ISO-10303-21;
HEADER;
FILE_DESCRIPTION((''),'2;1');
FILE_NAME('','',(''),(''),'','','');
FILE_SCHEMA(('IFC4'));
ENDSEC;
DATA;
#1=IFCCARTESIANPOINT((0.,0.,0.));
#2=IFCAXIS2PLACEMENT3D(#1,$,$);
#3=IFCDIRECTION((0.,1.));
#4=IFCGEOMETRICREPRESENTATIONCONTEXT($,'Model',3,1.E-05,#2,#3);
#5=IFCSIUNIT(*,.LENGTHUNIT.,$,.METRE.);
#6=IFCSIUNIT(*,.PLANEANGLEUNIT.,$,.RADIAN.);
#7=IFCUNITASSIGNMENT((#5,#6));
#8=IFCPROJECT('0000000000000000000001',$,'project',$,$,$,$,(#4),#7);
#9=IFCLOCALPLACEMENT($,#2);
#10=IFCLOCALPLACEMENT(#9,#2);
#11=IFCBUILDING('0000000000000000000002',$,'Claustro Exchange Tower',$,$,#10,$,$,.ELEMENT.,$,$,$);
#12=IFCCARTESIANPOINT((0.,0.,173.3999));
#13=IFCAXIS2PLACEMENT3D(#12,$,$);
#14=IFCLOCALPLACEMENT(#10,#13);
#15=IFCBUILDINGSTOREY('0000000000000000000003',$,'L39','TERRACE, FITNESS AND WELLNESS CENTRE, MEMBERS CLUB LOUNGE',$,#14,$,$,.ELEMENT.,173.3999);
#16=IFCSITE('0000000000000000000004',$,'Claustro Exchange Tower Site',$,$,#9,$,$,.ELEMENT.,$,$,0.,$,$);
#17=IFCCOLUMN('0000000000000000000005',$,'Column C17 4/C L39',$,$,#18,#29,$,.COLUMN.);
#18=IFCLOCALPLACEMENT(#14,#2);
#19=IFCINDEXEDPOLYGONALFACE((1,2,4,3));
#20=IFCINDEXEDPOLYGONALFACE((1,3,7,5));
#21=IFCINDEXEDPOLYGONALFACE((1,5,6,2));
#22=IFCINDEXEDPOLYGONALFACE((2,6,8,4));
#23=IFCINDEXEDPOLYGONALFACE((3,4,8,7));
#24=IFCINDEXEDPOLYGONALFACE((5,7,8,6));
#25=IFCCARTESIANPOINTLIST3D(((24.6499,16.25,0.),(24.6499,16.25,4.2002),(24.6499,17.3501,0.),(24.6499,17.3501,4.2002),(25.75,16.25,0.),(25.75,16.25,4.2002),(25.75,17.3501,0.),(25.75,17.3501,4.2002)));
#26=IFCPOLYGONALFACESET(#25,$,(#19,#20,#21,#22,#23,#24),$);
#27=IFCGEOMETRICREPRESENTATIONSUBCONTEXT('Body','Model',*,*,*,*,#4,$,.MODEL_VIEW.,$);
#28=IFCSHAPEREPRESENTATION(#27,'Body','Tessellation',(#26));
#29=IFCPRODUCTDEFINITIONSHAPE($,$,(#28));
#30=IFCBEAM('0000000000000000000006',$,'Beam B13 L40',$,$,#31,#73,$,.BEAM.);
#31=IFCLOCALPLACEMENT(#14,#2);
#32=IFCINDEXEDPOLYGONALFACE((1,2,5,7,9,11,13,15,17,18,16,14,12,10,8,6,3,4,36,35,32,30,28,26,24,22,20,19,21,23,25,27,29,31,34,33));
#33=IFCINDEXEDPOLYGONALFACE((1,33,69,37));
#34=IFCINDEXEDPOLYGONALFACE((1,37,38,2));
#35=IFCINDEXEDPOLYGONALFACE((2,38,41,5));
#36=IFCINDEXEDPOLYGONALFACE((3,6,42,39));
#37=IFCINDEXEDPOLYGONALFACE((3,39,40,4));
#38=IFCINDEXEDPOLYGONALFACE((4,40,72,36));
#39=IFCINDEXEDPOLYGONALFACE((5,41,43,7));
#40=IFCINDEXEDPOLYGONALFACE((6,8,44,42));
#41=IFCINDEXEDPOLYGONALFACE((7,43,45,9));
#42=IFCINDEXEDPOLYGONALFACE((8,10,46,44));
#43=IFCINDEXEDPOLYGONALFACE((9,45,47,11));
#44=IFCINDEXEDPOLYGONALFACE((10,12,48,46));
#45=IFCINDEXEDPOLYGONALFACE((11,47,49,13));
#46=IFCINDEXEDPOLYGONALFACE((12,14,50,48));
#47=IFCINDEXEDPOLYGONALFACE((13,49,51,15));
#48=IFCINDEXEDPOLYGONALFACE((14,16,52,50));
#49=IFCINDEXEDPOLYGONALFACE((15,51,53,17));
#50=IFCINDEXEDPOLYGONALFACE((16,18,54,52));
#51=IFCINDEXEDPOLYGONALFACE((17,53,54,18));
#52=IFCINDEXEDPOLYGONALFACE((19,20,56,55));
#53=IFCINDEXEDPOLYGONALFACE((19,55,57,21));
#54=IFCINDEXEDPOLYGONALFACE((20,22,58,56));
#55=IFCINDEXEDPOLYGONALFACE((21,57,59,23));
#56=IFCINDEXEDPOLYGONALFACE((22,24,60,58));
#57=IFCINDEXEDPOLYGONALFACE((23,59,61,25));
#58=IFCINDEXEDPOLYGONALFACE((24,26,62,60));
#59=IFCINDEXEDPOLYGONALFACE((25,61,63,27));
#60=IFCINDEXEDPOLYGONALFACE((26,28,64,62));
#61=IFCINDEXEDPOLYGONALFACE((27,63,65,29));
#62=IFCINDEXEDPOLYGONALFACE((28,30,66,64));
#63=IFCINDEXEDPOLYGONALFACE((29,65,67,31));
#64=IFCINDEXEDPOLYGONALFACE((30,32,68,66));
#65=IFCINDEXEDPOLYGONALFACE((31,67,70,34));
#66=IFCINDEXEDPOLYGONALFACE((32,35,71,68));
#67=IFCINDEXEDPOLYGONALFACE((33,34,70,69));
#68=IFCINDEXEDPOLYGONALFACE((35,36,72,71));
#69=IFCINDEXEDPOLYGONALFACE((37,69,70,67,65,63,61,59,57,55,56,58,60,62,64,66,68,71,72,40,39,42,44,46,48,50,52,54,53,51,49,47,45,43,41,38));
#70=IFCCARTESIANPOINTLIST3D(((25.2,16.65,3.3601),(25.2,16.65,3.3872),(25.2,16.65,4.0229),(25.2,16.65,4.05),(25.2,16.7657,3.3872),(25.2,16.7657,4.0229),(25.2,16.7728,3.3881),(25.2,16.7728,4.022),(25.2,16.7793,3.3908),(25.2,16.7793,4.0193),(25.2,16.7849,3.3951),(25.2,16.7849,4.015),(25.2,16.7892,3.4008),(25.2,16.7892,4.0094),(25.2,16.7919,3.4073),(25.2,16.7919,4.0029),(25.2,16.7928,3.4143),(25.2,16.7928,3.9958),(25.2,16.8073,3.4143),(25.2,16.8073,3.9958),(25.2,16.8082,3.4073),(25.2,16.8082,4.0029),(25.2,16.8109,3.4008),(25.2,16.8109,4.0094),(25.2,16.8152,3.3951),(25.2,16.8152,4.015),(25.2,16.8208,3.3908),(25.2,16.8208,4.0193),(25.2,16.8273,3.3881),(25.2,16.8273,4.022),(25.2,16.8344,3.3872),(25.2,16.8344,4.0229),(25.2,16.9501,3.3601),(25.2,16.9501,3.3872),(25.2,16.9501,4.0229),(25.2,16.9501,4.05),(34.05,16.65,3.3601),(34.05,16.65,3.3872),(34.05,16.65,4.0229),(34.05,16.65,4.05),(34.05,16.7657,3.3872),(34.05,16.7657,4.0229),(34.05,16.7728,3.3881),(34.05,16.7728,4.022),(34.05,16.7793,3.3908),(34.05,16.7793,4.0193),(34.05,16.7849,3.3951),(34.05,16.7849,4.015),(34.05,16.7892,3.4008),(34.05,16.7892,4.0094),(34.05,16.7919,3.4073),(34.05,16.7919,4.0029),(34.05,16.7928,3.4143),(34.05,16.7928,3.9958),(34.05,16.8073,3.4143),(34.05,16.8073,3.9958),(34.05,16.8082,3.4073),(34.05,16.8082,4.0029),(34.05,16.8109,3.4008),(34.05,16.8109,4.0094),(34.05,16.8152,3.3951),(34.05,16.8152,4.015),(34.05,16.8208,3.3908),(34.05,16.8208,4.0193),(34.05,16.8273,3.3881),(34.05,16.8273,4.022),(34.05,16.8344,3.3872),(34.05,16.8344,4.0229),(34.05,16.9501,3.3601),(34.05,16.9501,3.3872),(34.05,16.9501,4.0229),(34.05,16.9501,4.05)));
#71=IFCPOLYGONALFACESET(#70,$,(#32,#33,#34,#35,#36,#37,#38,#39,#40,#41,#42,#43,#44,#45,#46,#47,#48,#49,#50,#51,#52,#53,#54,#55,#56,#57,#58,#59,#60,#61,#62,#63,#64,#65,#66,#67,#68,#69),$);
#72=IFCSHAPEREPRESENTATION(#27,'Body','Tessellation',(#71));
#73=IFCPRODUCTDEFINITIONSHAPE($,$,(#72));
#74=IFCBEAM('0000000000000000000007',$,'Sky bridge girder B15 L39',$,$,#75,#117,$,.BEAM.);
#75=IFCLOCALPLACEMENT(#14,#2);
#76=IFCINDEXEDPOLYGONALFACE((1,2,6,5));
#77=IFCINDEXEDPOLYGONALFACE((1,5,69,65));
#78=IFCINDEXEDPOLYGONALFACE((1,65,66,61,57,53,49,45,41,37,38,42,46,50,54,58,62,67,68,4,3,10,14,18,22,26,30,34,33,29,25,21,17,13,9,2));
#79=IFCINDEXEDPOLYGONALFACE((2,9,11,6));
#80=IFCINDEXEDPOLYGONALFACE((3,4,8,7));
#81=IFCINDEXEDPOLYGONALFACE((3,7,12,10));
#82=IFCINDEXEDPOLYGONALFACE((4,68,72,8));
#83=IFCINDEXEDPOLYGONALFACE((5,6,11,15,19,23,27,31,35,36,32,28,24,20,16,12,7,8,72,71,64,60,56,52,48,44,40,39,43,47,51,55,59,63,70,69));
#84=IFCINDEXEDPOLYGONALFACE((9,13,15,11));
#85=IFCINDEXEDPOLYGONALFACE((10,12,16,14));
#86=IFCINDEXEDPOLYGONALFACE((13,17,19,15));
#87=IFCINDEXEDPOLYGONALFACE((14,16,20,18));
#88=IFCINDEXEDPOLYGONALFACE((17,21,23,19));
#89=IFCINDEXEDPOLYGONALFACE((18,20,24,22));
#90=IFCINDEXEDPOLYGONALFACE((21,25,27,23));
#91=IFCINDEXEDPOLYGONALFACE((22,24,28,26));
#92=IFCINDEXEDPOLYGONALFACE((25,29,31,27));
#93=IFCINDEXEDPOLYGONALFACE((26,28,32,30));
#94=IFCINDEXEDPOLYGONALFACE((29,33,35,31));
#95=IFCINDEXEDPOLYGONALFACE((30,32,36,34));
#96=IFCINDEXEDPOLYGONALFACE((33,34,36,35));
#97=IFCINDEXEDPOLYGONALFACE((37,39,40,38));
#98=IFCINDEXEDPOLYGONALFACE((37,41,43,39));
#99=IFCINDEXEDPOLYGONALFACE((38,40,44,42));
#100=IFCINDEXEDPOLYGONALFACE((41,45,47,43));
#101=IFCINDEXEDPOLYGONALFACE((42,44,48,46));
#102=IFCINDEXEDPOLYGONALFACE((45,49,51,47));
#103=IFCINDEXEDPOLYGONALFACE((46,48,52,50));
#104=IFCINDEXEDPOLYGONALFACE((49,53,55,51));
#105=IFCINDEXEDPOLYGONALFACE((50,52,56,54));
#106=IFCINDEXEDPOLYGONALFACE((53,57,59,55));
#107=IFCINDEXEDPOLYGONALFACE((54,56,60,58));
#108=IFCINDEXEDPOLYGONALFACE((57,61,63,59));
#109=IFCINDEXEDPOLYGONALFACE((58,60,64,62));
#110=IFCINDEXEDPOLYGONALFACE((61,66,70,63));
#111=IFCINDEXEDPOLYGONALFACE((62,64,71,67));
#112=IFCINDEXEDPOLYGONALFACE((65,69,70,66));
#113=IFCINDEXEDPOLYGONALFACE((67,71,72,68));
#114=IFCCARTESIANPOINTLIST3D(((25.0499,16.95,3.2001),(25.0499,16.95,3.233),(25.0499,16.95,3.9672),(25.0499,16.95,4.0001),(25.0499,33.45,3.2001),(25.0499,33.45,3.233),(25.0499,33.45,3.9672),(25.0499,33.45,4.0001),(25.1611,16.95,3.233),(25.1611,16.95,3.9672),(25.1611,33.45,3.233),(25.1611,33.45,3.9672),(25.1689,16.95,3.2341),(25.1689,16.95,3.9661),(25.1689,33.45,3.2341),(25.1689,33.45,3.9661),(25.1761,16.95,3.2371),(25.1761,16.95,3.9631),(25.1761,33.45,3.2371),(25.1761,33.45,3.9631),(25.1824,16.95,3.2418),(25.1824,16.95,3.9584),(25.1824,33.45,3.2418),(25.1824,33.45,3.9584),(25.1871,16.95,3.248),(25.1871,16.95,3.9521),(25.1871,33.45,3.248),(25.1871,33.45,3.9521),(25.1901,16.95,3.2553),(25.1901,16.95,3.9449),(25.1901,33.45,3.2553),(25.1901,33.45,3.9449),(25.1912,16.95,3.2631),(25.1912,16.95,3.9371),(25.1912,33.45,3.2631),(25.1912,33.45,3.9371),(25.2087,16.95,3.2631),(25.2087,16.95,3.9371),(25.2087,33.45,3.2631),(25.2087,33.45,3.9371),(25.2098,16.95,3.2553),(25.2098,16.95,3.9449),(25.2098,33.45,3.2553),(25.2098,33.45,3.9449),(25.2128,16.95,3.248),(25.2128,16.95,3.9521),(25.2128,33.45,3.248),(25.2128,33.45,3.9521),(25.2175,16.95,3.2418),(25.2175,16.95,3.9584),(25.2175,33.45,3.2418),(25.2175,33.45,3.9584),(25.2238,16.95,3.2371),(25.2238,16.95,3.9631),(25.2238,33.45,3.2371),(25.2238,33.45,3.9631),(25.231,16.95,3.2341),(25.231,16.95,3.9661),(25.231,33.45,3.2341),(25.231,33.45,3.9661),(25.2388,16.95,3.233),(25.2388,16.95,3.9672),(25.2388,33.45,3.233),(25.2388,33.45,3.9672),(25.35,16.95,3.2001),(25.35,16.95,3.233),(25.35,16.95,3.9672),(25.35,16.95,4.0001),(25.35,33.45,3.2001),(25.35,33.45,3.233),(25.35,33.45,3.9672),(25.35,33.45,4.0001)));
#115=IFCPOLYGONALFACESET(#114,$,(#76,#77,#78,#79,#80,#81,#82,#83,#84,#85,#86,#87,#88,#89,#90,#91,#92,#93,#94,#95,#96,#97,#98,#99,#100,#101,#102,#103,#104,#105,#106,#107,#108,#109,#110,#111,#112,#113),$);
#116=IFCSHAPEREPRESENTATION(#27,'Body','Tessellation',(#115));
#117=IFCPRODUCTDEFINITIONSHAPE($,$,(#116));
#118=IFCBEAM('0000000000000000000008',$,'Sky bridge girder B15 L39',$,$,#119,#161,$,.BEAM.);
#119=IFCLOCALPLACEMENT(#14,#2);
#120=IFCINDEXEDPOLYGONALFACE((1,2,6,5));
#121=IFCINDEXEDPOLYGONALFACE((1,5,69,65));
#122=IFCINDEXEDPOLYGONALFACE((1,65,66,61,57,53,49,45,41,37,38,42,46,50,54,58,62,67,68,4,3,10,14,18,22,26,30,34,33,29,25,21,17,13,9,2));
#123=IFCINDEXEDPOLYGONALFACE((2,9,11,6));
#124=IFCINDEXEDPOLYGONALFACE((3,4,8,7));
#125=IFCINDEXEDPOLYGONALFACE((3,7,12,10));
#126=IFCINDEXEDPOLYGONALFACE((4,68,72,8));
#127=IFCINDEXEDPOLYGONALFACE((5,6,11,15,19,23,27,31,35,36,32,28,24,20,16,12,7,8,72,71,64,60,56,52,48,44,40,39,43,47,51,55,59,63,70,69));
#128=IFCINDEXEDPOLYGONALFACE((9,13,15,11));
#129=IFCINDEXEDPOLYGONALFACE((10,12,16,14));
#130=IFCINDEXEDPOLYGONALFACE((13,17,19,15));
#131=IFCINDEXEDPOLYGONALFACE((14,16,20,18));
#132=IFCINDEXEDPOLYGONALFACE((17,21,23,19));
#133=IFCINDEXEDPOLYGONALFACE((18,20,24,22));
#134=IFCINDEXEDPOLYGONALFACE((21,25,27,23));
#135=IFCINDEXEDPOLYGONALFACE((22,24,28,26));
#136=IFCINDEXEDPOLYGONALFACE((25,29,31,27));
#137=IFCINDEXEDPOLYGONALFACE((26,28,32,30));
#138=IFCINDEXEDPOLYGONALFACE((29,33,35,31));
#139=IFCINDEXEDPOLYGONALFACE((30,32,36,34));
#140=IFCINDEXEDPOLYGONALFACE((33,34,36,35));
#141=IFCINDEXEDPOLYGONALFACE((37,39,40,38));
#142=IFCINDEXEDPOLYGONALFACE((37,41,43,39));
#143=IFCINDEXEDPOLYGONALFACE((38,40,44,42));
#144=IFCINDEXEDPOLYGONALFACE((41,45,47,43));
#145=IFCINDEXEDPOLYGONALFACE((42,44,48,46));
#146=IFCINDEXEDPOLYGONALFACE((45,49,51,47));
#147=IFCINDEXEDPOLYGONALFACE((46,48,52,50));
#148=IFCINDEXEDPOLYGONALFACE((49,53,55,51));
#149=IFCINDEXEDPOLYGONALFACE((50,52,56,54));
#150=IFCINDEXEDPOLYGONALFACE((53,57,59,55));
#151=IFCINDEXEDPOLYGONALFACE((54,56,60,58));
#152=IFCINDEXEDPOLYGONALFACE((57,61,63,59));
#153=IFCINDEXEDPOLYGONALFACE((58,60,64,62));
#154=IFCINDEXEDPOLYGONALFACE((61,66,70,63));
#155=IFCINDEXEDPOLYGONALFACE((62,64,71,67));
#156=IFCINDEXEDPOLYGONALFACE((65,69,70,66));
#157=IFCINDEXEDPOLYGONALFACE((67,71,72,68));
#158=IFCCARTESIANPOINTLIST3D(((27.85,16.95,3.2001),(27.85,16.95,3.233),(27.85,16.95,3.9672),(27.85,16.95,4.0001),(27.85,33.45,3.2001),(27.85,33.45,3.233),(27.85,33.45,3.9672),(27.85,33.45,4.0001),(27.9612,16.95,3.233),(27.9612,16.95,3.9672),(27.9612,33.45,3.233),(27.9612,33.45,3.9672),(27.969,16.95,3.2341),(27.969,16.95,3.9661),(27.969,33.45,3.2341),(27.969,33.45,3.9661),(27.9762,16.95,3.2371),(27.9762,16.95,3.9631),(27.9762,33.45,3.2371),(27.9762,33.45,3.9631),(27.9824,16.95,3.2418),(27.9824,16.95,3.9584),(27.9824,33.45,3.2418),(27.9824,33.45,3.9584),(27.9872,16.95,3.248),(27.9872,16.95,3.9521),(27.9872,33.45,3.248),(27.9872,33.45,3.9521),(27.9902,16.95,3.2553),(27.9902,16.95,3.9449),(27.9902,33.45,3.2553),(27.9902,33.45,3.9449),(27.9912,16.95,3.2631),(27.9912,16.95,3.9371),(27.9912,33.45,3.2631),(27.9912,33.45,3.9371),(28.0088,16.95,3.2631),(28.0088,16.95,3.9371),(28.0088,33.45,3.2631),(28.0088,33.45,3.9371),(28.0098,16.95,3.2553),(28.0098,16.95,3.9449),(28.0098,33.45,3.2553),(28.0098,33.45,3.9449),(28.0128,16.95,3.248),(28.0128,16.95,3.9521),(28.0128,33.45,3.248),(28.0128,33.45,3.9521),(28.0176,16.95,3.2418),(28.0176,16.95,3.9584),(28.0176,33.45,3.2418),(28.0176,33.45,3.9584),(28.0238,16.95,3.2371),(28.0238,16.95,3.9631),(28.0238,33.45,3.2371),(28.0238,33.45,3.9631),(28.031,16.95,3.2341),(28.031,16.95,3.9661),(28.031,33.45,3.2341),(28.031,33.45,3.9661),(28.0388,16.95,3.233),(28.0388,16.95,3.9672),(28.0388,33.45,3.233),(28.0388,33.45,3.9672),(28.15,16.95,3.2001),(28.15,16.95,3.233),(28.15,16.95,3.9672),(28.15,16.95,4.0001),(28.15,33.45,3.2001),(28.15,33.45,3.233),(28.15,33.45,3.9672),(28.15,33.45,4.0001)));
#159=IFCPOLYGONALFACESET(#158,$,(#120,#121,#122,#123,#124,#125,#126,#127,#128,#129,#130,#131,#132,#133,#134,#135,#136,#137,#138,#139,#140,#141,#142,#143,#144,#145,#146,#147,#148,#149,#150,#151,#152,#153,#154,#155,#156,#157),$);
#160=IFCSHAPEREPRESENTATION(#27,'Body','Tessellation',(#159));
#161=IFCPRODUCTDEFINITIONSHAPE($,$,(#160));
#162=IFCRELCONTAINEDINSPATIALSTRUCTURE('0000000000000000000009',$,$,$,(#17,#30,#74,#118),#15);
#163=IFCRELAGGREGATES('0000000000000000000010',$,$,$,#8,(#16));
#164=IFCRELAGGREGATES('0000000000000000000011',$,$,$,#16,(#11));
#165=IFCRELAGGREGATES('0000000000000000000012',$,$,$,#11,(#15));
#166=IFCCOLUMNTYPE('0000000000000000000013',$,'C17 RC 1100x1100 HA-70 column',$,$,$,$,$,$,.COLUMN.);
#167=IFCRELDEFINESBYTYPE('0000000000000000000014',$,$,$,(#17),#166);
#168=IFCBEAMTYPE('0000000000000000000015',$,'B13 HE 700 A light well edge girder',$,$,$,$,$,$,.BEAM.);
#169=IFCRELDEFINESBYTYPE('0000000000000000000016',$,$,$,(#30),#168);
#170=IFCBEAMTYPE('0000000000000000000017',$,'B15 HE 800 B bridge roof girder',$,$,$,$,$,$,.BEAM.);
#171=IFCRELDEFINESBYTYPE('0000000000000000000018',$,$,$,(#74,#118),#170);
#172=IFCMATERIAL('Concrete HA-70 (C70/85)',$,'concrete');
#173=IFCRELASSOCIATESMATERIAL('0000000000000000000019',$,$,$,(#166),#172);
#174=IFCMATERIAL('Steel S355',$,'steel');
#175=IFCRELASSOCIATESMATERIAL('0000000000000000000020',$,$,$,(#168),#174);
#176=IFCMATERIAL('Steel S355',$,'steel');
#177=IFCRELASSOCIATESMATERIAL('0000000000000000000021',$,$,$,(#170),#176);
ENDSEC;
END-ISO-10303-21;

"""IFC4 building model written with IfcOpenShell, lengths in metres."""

from ifc_helpers import new_model, si_unit, direction, frame, origin, origin_2d, place, context, subcontext, project, spatial, rectangle, i_section, extrude, material, material_profile, profile_set, type_object, element, save


model = new_model("IFC4")

# Units and contexts
model_context = context("Model", 3, precision=1e-05, world=origin(), true_north=direction((0.0, 1.0)))
body_context = subcontext(model_context, "Body", "Model", "MODEL_VIEW")
ifc_project = project(units=[si_unit("LENGTHUNIT", "METRE"), si_unit("PLANEANGLEUNIT", "RADIAN")], contexts=[model_context])

# Site, building, storey
site_placement = place(None, origin())
site = spatial("IfcSite", under=ifc_project, at=site_placement, Name="Claustro Exchange Tower Site", CompositionType="ELEMENT", RefElevation=0.0)
building_placement = place(site_placement, origin())
building = spatial("IfcBuilding", under=site, at=building_placement, Name="Claustro Exchange Tower", CompositionType="ELEMENT")
storey_placement = place(building_placement, frame((0.0, 0.0, 173.3999)))
storey = spatial("IfcBuildingStorey", under=building, at=storey_placement, Name="L39", Description="TERRACE, FITNESS AND WELLNESS CENTRE, MEMBERS CLUB LOUNGE", CompositionType="ELEMENT", Elevation=173.3999)

# Column
ifc_material_1 = material(Name="Concrete HA-70 (C70/85)", Category="concrete")
ifc_material_profile_1 = material_profile(ifc_material_1, rectangle(XDim=1.1001, YDim=1.1001, at=origin_2d()), Name="RC 1100x1100")
ifc_profile_set_1 = profile_set([ifc_material_profile_1], Name="Concrete HA-70 (C70/85)")
column_type = type_object("IfcColumnType", Name="C17 RC 1100x1100 HA-70 column", PredefinedType="COLUMN", material=ifc_profile_set_1)
column_placement = place(storey_placement, frame((25.2, 16.8, 0.0), z_axis=(0.0, 0.0, 1.0), x_axis=(1.0, 0.0, 0.0)))
element("IfcColumn", 1, at=column_placement, inside=storey, type_object=column_type, Name="Column C17 4/C L39", PredefinedType="COLUMN", context=body_context, shape_type="SweptSolid", body=[
    extrude(rectangle(XDim=1.1001, YDim=1.1001, at=origin_2d()), origin(), (0.0, 0.0, 1.0), 4.2002),
])

# Beams
ifc_material_2 = material(Name="Steel S355", Category="steel")
ifc_material_profile_2 = material_profile(ifc_material_2, i_section(OverallWidth=0.3, OverallDepth=0.6899, WebThickness=0.0144, FlangeThickness=0.0271, FilletRadius=0.0271, at=origin_2d()), Name="HE 700 A")
ifc_profile_set_2 = profile_set([ifc_material_profile_2], Name="Steel S355")
beam_type_1 = type_object("IfcBeamType", Name="B13 HE 700 A light well edge girder", PredefinedType="BEAM", material=ifc_profile_set_2)
beam_1_placement = place(storey_placement, frame((25.2, 16.8, 3.7051), z_axis=(1.0, 0.0, 0.0), x_axis=(0.0, 1.0, 0.0)))
element("IfcBeam", 2, at=beam_1_placement, inside=storey, type_object=beam_type_1, Name="Beam B13 L40", PredefinedType="BEAM", context=body_context, shape_type="SweptSolid", body=[
    extrude(i_section(OverallWidth=0.3, OverallDepth=0.6899, WebThickness=0.0144, FlangeThickness=0.0271, FilletRadius=0.0271, at=origin_2d()), origin(), (0.0, 0.0, 1.0), 8.8501),
])
ifc_material_3 = material(Name="Steel S355", Category="steel")
ifc_material_profile_3 = material_profile(ifc_material_3, i_section(OverallWidth=0.3, OverallDepth=0.8, WebThickness=0.0176, FlangeThickness=0.033, FilletRadius=0.03, at=origin_2d()), Name="HE 800 B")
ifc_profile_set_3 = profile_set([ifc_material_profile_3], Name="Steel S355")
beam_type_2 = type_object("IfcBeamType", Name="B15 HE 800 B bridge roof girder", PredefinedType="BEAM", material=ifc_profile_set_3)
for number, where, z_axis, x_axis, name in (
    (3, (25.2, 16.95, 3.6001), (0.0, 1.0, 0.0), (-1.0, 0.0, 0.0), "Sky bridge girder B15 L39"),
    (4, (28.0, 16.95, 3.6001), (0.0, 1.0, 0.0), (-1.0, 0.0, 0.0), "Sky bridge girder B15 L39"),
):
    element("IfcBeam", number, at=place(storey_placement, frame(where, z_axis=z_axis, x_axis=x_axis)), inside=storey, type_object=beam_type_2, Name=name, PredefinedType="BEAM", context=body_context, shape_type="SweptSolid", body=[
        extrude(i_section(OverallWidth=0.3, OverallDepth=0.8, WebThickness=0.0176, FlangeThickness=0.033, FilletRadius=0.03, at=origin_2d()), origin(), (0.0, 0.0, 1.0), 16.5),
    ])

save(model, "model.ifc")
